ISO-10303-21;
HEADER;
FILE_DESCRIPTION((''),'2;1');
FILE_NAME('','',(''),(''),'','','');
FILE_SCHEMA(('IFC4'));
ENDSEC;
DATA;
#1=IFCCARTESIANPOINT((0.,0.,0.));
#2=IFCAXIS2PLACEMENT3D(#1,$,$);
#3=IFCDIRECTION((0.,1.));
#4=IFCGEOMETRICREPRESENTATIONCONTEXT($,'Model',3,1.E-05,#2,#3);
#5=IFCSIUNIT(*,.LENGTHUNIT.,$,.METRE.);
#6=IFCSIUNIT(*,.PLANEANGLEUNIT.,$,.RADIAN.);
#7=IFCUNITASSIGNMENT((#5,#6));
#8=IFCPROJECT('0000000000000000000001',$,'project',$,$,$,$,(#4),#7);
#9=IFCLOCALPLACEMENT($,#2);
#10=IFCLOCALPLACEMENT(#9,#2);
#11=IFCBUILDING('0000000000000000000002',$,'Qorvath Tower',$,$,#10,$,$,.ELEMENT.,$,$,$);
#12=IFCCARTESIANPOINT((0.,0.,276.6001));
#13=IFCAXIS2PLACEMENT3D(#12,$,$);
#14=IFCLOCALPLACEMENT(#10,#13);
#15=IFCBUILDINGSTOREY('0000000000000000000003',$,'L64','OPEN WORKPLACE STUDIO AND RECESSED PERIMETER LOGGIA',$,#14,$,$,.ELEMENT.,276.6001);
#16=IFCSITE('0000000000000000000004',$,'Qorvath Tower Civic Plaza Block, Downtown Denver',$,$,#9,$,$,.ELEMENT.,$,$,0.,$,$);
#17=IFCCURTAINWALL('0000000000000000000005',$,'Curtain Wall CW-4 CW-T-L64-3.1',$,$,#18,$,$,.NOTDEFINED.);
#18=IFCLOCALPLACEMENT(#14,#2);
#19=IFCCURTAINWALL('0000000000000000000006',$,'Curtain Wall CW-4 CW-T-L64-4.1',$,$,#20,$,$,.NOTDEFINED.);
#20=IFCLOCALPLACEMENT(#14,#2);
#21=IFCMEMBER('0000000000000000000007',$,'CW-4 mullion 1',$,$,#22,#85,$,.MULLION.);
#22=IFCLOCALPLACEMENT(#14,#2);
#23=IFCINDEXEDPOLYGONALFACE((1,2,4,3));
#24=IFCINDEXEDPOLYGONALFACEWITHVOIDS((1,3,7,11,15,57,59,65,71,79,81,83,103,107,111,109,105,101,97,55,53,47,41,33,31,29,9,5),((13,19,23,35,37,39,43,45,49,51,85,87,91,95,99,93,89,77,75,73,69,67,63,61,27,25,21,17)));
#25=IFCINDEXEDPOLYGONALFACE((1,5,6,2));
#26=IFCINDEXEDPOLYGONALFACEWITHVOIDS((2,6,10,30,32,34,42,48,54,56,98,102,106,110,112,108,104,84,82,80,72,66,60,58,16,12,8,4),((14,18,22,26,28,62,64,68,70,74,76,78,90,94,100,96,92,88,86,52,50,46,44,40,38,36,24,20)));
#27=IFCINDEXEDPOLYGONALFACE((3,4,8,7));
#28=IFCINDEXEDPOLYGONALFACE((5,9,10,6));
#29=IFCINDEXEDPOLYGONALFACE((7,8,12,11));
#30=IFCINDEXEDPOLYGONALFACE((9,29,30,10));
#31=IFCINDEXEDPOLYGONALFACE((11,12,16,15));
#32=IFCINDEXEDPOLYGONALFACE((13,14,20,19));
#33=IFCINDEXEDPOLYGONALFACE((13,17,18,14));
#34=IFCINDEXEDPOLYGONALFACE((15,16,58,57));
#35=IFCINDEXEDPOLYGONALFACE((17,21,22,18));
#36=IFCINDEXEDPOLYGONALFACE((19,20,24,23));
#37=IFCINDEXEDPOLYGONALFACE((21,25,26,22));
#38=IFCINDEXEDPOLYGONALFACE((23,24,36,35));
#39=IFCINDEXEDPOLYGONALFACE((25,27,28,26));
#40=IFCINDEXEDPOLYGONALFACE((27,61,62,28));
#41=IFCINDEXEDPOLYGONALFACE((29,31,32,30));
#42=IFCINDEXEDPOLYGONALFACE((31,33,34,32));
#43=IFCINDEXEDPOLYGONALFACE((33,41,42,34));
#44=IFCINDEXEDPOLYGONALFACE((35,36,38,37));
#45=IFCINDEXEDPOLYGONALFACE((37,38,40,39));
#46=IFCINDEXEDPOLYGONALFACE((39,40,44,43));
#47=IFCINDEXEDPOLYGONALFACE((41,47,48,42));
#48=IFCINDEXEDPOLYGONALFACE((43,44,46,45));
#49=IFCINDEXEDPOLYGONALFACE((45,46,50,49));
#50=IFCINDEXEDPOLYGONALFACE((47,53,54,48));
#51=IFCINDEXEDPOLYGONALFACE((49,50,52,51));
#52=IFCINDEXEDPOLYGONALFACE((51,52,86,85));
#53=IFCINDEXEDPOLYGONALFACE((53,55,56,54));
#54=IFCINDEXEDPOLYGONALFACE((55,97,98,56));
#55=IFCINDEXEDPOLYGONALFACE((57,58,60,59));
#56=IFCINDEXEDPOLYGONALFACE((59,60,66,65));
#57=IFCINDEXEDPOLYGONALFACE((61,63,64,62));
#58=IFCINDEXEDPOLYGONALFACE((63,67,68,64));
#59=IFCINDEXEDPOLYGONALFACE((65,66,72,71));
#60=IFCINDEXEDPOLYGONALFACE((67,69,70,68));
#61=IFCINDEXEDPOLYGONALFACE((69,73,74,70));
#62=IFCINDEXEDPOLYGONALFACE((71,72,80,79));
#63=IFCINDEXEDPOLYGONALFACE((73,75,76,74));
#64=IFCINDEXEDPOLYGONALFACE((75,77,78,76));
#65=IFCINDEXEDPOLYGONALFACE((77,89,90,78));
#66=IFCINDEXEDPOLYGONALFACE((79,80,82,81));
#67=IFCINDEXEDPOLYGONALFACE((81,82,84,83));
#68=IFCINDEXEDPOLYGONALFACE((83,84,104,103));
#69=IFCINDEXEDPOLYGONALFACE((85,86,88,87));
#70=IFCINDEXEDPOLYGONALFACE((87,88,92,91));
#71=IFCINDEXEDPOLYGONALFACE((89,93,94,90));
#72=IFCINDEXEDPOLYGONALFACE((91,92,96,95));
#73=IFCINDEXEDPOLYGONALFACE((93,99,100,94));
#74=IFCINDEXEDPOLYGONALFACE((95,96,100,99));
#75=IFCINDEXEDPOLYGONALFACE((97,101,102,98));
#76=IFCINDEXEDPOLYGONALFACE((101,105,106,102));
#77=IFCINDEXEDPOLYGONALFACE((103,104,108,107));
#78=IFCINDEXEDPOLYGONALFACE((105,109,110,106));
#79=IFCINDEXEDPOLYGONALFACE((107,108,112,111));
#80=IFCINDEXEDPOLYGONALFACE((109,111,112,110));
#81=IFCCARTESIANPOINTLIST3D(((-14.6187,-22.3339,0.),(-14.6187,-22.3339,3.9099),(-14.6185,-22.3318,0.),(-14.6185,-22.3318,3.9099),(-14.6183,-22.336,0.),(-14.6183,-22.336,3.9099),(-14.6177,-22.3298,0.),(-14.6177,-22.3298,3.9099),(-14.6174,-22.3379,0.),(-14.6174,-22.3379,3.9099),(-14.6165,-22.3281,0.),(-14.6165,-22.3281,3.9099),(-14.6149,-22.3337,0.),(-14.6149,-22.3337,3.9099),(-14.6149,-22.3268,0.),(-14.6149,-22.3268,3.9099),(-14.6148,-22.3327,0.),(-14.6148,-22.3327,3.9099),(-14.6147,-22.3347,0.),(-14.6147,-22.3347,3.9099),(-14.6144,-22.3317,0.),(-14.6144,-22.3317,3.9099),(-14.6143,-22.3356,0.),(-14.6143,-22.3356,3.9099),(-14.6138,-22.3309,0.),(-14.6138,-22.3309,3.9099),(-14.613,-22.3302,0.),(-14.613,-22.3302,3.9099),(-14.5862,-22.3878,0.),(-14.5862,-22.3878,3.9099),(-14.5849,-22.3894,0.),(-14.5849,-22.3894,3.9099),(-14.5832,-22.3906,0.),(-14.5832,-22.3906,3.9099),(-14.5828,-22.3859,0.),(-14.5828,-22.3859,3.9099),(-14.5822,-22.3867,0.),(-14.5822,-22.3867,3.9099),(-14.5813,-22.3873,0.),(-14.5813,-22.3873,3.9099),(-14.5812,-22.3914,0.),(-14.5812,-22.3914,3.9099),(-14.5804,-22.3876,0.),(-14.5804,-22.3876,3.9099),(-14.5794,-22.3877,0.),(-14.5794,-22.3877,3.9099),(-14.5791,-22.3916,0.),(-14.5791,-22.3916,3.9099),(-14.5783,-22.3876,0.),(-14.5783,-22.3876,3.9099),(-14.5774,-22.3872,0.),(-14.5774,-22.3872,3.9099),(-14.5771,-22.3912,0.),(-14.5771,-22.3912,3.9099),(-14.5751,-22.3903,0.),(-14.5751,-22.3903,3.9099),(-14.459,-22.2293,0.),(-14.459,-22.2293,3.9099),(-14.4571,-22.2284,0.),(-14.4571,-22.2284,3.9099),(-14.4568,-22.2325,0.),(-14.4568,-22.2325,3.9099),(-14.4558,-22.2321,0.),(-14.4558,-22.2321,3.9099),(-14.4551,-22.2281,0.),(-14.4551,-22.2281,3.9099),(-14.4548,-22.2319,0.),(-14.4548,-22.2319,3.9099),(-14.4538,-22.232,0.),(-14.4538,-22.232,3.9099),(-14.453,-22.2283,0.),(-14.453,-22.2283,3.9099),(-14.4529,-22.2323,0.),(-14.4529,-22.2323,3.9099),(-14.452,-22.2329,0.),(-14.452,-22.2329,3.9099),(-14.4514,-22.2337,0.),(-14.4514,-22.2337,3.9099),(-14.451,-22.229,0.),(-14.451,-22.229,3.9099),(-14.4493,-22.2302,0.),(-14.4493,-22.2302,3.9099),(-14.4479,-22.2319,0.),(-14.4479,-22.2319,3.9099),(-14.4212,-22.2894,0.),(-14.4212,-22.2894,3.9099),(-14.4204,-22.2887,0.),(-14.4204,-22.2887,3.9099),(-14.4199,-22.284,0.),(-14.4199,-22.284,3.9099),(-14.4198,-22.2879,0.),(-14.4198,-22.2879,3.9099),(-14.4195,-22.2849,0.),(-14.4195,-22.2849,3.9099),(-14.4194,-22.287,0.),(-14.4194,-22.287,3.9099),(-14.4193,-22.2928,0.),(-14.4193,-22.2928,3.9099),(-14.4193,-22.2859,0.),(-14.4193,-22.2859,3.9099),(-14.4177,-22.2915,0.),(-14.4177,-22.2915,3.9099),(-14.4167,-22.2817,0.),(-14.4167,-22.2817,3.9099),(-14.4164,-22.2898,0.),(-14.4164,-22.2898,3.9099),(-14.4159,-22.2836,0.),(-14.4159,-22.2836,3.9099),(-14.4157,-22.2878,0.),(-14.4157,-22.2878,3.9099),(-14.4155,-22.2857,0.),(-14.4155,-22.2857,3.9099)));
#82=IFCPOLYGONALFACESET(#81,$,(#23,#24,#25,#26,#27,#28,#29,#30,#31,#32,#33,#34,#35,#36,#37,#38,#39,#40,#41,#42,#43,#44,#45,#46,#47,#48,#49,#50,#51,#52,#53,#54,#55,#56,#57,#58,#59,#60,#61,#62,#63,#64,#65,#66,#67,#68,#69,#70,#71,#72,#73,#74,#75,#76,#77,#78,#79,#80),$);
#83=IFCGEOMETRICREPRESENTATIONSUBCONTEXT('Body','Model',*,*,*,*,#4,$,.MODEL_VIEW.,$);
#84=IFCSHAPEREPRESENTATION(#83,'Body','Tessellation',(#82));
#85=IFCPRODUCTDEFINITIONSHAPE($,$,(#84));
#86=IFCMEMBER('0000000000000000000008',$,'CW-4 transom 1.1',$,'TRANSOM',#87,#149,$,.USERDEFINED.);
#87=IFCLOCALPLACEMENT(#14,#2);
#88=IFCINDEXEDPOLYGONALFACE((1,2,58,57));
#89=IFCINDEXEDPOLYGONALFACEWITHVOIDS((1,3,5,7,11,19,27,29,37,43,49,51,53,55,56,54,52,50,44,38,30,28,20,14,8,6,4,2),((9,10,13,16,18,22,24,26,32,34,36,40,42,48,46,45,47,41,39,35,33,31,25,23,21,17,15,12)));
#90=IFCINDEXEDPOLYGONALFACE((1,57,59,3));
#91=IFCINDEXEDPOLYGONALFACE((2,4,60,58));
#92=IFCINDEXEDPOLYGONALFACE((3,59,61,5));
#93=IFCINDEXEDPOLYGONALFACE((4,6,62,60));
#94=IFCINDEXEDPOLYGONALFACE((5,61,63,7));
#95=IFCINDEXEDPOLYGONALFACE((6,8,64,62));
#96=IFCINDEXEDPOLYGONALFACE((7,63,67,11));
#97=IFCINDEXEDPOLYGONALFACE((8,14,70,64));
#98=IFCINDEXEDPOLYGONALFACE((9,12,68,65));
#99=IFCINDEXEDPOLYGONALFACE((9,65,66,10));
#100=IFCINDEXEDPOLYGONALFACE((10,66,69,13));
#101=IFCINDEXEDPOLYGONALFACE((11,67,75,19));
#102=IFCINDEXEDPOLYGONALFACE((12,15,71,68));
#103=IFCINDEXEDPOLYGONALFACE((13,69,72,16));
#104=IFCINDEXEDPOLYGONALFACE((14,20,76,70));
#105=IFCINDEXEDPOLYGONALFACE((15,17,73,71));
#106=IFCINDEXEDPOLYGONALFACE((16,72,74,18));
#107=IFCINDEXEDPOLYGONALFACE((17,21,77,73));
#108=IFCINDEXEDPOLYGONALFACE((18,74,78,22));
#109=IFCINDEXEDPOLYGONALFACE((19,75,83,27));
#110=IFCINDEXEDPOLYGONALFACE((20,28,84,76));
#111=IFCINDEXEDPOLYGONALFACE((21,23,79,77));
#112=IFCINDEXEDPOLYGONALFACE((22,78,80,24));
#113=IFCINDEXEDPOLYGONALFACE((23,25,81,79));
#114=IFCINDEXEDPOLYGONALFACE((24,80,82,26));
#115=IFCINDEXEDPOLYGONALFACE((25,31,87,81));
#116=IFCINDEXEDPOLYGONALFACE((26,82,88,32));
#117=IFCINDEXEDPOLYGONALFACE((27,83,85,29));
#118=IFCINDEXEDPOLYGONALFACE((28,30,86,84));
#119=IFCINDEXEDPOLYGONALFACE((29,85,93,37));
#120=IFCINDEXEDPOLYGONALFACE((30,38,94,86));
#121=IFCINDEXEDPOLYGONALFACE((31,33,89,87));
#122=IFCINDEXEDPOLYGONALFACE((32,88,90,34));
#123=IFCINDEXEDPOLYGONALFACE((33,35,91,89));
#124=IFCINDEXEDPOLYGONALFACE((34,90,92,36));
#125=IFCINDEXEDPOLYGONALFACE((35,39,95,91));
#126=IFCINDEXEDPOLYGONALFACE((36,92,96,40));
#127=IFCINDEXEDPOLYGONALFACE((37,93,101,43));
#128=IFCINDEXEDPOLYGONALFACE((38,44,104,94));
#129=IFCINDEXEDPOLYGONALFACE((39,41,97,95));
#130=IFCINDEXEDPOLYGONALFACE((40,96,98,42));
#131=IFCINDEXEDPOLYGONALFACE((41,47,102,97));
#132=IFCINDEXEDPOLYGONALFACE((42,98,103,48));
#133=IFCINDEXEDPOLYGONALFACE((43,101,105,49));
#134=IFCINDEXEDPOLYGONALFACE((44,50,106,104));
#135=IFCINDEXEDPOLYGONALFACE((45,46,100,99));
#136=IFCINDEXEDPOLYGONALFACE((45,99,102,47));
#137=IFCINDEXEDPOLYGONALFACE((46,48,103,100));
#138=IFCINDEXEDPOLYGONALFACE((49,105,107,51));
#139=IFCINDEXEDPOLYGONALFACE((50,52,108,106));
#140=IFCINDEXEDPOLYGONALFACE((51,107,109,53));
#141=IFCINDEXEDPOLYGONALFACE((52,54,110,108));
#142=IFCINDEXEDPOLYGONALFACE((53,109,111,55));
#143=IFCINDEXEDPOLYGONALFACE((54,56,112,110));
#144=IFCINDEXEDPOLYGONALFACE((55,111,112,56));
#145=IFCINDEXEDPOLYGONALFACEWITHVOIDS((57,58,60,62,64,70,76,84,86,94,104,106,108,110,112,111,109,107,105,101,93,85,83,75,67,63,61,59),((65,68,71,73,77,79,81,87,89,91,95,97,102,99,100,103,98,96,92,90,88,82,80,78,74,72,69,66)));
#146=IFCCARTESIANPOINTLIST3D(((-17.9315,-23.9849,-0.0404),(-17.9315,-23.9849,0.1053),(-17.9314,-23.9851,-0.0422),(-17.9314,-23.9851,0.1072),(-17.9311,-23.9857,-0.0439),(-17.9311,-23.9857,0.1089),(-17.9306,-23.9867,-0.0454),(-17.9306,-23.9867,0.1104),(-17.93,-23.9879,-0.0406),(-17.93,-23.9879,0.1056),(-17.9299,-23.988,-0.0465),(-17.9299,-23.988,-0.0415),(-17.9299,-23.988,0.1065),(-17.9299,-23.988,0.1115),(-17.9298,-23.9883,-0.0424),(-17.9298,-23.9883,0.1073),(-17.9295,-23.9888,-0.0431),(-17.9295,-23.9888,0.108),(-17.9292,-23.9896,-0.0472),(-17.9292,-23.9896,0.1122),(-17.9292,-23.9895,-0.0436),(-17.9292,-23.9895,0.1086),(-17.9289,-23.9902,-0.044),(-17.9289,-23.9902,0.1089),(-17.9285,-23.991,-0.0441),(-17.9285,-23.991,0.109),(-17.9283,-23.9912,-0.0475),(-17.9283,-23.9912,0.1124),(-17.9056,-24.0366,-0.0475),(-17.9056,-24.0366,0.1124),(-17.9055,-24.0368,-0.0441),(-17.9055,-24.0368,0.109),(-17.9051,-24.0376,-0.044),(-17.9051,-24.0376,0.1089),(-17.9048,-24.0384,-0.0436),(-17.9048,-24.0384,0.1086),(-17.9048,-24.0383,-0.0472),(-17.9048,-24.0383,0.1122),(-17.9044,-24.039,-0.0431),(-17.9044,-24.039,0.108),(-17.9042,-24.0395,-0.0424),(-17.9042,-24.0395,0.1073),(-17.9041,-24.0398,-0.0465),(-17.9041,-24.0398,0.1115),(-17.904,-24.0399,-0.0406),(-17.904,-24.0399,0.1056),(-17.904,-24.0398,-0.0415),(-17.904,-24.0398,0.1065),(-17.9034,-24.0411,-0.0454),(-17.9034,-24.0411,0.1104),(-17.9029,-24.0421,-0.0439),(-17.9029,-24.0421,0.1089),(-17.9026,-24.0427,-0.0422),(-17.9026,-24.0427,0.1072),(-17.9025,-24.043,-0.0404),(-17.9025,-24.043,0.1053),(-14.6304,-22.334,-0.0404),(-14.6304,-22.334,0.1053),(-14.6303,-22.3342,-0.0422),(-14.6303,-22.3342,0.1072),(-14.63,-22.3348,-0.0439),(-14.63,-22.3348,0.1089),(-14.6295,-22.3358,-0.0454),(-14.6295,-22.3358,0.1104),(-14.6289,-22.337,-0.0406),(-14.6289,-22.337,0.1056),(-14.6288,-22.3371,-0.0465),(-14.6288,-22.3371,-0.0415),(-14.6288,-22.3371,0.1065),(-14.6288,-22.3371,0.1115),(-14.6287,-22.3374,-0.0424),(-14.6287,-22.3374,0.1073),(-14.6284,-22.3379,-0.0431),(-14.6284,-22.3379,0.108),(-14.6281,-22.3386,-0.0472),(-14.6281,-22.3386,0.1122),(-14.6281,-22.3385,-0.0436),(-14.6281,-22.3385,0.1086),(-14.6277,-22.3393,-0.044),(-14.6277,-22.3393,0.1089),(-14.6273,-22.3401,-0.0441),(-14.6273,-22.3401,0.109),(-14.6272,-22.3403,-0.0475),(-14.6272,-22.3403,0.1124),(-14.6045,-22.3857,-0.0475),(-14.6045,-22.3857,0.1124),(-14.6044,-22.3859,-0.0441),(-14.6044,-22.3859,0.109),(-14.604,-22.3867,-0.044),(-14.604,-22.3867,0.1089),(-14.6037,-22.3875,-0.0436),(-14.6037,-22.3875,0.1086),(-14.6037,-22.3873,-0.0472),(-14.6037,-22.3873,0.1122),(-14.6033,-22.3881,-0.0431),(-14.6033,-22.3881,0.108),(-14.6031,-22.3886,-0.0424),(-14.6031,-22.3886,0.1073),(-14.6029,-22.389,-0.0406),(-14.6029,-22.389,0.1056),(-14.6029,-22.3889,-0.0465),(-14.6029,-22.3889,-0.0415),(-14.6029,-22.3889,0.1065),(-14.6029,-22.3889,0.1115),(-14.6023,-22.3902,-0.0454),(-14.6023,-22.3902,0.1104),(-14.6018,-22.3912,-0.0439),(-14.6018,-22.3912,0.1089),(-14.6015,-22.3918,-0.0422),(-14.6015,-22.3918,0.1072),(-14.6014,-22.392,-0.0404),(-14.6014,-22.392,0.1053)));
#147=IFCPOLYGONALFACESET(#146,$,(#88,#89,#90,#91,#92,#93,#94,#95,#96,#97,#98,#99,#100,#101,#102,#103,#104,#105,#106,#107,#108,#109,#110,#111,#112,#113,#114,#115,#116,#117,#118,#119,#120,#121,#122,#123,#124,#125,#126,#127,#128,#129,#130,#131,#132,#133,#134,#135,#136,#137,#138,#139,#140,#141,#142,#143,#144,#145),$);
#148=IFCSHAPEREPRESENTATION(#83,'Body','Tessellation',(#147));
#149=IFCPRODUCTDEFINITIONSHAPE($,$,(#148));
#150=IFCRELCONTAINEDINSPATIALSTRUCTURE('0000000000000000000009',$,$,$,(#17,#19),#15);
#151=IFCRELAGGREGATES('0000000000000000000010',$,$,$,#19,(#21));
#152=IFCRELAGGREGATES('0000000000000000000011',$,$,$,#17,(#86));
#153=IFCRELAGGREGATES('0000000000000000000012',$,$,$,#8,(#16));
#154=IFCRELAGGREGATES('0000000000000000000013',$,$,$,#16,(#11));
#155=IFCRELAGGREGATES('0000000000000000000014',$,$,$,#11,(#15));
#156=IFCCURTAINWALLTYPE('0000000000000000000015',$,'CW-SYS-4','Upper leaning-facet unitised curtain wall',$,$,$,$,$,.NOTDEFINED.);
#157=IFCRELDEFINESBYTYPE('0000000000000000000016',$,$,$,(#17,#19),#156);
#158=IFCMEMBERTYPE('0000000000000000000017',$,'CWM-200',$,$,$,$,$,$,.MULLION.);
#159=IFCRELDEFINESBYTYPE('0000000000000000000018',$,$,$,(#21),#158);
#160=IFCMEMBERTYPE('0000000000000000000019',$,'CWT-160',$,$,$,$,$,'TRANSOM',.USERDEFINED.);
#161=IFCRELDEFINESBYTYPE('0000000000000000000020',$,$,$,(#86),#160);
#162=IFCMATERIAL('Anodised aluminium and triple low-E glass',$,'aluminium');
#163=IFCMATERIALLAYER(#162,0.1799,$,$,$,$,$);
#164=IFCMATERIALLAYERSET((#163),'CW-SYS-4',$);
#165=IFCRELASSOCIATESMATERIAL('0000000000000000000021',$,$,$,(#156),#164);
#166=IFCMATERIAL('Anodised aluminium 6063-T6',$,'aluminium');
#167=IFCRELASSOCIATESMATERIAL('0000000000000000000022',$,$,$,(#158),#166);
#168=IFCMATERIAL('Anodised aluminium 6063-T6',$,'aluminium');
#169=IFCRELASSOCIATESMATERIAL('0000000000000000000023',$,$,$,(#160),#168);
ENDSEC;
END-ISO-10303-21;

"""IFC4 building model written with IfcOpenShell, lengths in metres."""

from ifc_helpers import new_model, si_unit, direction, frame, origin, origin_2d, place, context, subcontext, project, spatial, hollow_rectangle, extrude, material, layer, layer_set, material_profile, profile_set, type_object, element, aggregate, save


model = new_model("IFC4")

# Units and contexts
model_context = context("Model", 3, precision=1e-05, world=origin(), true_north=direction((0.0, 1.0)))
body_context = subcontext(model_context, "Body", "Model", "MODEL_VIEW")
ifc_project = project(units=[si_unit("LENGTHUNIT", "METRE"), si_unit("PLANEANGLEUNIT", "RADIAN")], contexts=[model_context])

# Site, building, storey
site_placement = place(None, origin())
site = spatial("IfcSite", under=ifc_project, at=site_placement, Name="Qorvath Tower Civic Plaza Block, Downtown Denver", CompositionType="ELEMENT", RefElevation=0.0)
building_placement = place(site_placement, origin())
building = spatial("IfcBuilding", under=site, at=building_placement, Name="Qorvath Tower", CompositionType="ELEMENT")
storey_placement = place(building_placement, frame((0.0, 0.0, 276.6001)))
storey = spatial("IfcBuildingStorey", under=building, at=storey_placement, Name="L64", Description="OPEN WORKPLACE STUDIO AND RECESSED PERIMETER LOGGIA", CompositionType="ELEMENT", Elevation=276.6001)

# Shared definitions
ifc_material_1 = material(Name="Anodised aluminium and triple low-E glass", Category="aluminium")
ifc_layer_1 = layer(ifc_material_1, 0.1799)
ifc_layer_set_1 = layer_set([ifc_layer_1], Name="CW-SYS-4")
curtain_wall_type = type_object("IfcCurtainWallType", Name="CW-SYS-4", Description="Upper leaning-facet unitised curtain wall", PredefinedType="NOTDEFINED", material=ifc_layer_set_1)
ifc_material_2 = material(Name="Anodised aluminium 6063-T6", Category="aluminium")
ifc_material_profile_1 = material_profile(ifc_material_2, hollow_rectangle(XDim=0.075, YDim=0.2, WallThickness=0.0039, InnerFilletRadius=0.0039, OuterFilletRadius=0.0081, at=origin_2d()), Name="CWM 200x75")
ifc_profile_set_1 = profile_set([ifc_material_profile_1], Name="Anodised aluminium 6063-T6")
member_type_1 = type_object("IfcMemberType", Name="CWM-200", PredefinedType="MULLION", material=ifc_profile_set_1)

# Curtain wall
curtain_wall_1_placement = place(storey_placement, origin())
curtain_wall_1 = element("IfcCurtainWall", 1, at=curtain_wall_1_placement, inside=storey, type_object=curtain_wall_type, Name="Curtain Wall CW-4 CW-T-L64-3.1", PredefinedType="NOTDEFINED")

# Curtain wall, member
curtain_wall_2_placement = place(storey_placement, origin())
curtain_wall_2 = element("IfcCurtainWall", 2, at=curtain_wall_2_placement, inside=storey, type_object=curtain_wall_type, Name="Curtain Wall CW-4 CW-T-L64-4.1", PredefinedType="NOTDEFINED")
member_1_placement = place(storey_placement, frame((-14.5171, -22.3098, 0.0), z_axis=(0.0, 0.0, 1.0), x_axis=(-0.530363, 0.847771, 0.0)))
member_1 = element("IfcMember", 3, at=member_1_placement, type_object=member_type_1, Name="CW-4 mullion 1", PredefinedType="MULLION", context=body_context, shape_type="SweptSolid", body=[
    extrude(hollow_rectangle(XDim=0.075, YDim=0.2, WallThickness=0.0039, InnerFilletRadius=0.0039, OuterFilletRadius=0.0081, at=origin_2d()), origin(), (0.0, 0.0, 1.0), 3.9099),
])

# Member
ifc_material_3 = material(Name="Anodised aluminium 6063-T6", Category="aluminium")
ifc_material_profile_2 = material_profile(ifc_material_3, hollow_rectangle(XDim=0.0649, YDim=0.1599, WallThickness=0.0034, InnerFilletRadius=0.0034, OuterFilletRadius=0.0071, at=origin_2d()), Name="CWT 160x65")
ifc_profile_set_2 = profile_set([ifc_material_profile_2], Name="Anodised aluminium 6063-T6")
member_type_2 = type_object("IfcMemberType", Name="CWT-160", ElementType="TRANSOM", PredefinedType="USERDEFINED", material=ifc_profile_set_2)
member_2_placement = place(storey_placement, frame((-17.917, -24.0139, 0.0325), z_axis=(0.894387, 0.447293, 0.0), x_axis=(-0.447293, 0.894387, 0.0)))
member_2 = element("IfcMember", 4, at=member_2_placement, type_object=member_type_2, Name="CW-4 transom 1.1", ObjectType="TRANSOM", PredefinedType="USERDEFINED", context=body_context, shape_type="SweptSolid", body=[
    extrude(hollow_rectangle(XDim=0.0649, YDim=0.1599, WallThickness=0.0034, InnerFilletRadius=0.0034, OuterFilletRadius=0.0071, at=origin_2d()), origin(), (0.0, 0.0, 1.0), 3.6909),
])
aggregate(curtain_wall_2, [member_1])

aggregate(curtain_wall_1, [member_2])

save(model, "model.ifc")
